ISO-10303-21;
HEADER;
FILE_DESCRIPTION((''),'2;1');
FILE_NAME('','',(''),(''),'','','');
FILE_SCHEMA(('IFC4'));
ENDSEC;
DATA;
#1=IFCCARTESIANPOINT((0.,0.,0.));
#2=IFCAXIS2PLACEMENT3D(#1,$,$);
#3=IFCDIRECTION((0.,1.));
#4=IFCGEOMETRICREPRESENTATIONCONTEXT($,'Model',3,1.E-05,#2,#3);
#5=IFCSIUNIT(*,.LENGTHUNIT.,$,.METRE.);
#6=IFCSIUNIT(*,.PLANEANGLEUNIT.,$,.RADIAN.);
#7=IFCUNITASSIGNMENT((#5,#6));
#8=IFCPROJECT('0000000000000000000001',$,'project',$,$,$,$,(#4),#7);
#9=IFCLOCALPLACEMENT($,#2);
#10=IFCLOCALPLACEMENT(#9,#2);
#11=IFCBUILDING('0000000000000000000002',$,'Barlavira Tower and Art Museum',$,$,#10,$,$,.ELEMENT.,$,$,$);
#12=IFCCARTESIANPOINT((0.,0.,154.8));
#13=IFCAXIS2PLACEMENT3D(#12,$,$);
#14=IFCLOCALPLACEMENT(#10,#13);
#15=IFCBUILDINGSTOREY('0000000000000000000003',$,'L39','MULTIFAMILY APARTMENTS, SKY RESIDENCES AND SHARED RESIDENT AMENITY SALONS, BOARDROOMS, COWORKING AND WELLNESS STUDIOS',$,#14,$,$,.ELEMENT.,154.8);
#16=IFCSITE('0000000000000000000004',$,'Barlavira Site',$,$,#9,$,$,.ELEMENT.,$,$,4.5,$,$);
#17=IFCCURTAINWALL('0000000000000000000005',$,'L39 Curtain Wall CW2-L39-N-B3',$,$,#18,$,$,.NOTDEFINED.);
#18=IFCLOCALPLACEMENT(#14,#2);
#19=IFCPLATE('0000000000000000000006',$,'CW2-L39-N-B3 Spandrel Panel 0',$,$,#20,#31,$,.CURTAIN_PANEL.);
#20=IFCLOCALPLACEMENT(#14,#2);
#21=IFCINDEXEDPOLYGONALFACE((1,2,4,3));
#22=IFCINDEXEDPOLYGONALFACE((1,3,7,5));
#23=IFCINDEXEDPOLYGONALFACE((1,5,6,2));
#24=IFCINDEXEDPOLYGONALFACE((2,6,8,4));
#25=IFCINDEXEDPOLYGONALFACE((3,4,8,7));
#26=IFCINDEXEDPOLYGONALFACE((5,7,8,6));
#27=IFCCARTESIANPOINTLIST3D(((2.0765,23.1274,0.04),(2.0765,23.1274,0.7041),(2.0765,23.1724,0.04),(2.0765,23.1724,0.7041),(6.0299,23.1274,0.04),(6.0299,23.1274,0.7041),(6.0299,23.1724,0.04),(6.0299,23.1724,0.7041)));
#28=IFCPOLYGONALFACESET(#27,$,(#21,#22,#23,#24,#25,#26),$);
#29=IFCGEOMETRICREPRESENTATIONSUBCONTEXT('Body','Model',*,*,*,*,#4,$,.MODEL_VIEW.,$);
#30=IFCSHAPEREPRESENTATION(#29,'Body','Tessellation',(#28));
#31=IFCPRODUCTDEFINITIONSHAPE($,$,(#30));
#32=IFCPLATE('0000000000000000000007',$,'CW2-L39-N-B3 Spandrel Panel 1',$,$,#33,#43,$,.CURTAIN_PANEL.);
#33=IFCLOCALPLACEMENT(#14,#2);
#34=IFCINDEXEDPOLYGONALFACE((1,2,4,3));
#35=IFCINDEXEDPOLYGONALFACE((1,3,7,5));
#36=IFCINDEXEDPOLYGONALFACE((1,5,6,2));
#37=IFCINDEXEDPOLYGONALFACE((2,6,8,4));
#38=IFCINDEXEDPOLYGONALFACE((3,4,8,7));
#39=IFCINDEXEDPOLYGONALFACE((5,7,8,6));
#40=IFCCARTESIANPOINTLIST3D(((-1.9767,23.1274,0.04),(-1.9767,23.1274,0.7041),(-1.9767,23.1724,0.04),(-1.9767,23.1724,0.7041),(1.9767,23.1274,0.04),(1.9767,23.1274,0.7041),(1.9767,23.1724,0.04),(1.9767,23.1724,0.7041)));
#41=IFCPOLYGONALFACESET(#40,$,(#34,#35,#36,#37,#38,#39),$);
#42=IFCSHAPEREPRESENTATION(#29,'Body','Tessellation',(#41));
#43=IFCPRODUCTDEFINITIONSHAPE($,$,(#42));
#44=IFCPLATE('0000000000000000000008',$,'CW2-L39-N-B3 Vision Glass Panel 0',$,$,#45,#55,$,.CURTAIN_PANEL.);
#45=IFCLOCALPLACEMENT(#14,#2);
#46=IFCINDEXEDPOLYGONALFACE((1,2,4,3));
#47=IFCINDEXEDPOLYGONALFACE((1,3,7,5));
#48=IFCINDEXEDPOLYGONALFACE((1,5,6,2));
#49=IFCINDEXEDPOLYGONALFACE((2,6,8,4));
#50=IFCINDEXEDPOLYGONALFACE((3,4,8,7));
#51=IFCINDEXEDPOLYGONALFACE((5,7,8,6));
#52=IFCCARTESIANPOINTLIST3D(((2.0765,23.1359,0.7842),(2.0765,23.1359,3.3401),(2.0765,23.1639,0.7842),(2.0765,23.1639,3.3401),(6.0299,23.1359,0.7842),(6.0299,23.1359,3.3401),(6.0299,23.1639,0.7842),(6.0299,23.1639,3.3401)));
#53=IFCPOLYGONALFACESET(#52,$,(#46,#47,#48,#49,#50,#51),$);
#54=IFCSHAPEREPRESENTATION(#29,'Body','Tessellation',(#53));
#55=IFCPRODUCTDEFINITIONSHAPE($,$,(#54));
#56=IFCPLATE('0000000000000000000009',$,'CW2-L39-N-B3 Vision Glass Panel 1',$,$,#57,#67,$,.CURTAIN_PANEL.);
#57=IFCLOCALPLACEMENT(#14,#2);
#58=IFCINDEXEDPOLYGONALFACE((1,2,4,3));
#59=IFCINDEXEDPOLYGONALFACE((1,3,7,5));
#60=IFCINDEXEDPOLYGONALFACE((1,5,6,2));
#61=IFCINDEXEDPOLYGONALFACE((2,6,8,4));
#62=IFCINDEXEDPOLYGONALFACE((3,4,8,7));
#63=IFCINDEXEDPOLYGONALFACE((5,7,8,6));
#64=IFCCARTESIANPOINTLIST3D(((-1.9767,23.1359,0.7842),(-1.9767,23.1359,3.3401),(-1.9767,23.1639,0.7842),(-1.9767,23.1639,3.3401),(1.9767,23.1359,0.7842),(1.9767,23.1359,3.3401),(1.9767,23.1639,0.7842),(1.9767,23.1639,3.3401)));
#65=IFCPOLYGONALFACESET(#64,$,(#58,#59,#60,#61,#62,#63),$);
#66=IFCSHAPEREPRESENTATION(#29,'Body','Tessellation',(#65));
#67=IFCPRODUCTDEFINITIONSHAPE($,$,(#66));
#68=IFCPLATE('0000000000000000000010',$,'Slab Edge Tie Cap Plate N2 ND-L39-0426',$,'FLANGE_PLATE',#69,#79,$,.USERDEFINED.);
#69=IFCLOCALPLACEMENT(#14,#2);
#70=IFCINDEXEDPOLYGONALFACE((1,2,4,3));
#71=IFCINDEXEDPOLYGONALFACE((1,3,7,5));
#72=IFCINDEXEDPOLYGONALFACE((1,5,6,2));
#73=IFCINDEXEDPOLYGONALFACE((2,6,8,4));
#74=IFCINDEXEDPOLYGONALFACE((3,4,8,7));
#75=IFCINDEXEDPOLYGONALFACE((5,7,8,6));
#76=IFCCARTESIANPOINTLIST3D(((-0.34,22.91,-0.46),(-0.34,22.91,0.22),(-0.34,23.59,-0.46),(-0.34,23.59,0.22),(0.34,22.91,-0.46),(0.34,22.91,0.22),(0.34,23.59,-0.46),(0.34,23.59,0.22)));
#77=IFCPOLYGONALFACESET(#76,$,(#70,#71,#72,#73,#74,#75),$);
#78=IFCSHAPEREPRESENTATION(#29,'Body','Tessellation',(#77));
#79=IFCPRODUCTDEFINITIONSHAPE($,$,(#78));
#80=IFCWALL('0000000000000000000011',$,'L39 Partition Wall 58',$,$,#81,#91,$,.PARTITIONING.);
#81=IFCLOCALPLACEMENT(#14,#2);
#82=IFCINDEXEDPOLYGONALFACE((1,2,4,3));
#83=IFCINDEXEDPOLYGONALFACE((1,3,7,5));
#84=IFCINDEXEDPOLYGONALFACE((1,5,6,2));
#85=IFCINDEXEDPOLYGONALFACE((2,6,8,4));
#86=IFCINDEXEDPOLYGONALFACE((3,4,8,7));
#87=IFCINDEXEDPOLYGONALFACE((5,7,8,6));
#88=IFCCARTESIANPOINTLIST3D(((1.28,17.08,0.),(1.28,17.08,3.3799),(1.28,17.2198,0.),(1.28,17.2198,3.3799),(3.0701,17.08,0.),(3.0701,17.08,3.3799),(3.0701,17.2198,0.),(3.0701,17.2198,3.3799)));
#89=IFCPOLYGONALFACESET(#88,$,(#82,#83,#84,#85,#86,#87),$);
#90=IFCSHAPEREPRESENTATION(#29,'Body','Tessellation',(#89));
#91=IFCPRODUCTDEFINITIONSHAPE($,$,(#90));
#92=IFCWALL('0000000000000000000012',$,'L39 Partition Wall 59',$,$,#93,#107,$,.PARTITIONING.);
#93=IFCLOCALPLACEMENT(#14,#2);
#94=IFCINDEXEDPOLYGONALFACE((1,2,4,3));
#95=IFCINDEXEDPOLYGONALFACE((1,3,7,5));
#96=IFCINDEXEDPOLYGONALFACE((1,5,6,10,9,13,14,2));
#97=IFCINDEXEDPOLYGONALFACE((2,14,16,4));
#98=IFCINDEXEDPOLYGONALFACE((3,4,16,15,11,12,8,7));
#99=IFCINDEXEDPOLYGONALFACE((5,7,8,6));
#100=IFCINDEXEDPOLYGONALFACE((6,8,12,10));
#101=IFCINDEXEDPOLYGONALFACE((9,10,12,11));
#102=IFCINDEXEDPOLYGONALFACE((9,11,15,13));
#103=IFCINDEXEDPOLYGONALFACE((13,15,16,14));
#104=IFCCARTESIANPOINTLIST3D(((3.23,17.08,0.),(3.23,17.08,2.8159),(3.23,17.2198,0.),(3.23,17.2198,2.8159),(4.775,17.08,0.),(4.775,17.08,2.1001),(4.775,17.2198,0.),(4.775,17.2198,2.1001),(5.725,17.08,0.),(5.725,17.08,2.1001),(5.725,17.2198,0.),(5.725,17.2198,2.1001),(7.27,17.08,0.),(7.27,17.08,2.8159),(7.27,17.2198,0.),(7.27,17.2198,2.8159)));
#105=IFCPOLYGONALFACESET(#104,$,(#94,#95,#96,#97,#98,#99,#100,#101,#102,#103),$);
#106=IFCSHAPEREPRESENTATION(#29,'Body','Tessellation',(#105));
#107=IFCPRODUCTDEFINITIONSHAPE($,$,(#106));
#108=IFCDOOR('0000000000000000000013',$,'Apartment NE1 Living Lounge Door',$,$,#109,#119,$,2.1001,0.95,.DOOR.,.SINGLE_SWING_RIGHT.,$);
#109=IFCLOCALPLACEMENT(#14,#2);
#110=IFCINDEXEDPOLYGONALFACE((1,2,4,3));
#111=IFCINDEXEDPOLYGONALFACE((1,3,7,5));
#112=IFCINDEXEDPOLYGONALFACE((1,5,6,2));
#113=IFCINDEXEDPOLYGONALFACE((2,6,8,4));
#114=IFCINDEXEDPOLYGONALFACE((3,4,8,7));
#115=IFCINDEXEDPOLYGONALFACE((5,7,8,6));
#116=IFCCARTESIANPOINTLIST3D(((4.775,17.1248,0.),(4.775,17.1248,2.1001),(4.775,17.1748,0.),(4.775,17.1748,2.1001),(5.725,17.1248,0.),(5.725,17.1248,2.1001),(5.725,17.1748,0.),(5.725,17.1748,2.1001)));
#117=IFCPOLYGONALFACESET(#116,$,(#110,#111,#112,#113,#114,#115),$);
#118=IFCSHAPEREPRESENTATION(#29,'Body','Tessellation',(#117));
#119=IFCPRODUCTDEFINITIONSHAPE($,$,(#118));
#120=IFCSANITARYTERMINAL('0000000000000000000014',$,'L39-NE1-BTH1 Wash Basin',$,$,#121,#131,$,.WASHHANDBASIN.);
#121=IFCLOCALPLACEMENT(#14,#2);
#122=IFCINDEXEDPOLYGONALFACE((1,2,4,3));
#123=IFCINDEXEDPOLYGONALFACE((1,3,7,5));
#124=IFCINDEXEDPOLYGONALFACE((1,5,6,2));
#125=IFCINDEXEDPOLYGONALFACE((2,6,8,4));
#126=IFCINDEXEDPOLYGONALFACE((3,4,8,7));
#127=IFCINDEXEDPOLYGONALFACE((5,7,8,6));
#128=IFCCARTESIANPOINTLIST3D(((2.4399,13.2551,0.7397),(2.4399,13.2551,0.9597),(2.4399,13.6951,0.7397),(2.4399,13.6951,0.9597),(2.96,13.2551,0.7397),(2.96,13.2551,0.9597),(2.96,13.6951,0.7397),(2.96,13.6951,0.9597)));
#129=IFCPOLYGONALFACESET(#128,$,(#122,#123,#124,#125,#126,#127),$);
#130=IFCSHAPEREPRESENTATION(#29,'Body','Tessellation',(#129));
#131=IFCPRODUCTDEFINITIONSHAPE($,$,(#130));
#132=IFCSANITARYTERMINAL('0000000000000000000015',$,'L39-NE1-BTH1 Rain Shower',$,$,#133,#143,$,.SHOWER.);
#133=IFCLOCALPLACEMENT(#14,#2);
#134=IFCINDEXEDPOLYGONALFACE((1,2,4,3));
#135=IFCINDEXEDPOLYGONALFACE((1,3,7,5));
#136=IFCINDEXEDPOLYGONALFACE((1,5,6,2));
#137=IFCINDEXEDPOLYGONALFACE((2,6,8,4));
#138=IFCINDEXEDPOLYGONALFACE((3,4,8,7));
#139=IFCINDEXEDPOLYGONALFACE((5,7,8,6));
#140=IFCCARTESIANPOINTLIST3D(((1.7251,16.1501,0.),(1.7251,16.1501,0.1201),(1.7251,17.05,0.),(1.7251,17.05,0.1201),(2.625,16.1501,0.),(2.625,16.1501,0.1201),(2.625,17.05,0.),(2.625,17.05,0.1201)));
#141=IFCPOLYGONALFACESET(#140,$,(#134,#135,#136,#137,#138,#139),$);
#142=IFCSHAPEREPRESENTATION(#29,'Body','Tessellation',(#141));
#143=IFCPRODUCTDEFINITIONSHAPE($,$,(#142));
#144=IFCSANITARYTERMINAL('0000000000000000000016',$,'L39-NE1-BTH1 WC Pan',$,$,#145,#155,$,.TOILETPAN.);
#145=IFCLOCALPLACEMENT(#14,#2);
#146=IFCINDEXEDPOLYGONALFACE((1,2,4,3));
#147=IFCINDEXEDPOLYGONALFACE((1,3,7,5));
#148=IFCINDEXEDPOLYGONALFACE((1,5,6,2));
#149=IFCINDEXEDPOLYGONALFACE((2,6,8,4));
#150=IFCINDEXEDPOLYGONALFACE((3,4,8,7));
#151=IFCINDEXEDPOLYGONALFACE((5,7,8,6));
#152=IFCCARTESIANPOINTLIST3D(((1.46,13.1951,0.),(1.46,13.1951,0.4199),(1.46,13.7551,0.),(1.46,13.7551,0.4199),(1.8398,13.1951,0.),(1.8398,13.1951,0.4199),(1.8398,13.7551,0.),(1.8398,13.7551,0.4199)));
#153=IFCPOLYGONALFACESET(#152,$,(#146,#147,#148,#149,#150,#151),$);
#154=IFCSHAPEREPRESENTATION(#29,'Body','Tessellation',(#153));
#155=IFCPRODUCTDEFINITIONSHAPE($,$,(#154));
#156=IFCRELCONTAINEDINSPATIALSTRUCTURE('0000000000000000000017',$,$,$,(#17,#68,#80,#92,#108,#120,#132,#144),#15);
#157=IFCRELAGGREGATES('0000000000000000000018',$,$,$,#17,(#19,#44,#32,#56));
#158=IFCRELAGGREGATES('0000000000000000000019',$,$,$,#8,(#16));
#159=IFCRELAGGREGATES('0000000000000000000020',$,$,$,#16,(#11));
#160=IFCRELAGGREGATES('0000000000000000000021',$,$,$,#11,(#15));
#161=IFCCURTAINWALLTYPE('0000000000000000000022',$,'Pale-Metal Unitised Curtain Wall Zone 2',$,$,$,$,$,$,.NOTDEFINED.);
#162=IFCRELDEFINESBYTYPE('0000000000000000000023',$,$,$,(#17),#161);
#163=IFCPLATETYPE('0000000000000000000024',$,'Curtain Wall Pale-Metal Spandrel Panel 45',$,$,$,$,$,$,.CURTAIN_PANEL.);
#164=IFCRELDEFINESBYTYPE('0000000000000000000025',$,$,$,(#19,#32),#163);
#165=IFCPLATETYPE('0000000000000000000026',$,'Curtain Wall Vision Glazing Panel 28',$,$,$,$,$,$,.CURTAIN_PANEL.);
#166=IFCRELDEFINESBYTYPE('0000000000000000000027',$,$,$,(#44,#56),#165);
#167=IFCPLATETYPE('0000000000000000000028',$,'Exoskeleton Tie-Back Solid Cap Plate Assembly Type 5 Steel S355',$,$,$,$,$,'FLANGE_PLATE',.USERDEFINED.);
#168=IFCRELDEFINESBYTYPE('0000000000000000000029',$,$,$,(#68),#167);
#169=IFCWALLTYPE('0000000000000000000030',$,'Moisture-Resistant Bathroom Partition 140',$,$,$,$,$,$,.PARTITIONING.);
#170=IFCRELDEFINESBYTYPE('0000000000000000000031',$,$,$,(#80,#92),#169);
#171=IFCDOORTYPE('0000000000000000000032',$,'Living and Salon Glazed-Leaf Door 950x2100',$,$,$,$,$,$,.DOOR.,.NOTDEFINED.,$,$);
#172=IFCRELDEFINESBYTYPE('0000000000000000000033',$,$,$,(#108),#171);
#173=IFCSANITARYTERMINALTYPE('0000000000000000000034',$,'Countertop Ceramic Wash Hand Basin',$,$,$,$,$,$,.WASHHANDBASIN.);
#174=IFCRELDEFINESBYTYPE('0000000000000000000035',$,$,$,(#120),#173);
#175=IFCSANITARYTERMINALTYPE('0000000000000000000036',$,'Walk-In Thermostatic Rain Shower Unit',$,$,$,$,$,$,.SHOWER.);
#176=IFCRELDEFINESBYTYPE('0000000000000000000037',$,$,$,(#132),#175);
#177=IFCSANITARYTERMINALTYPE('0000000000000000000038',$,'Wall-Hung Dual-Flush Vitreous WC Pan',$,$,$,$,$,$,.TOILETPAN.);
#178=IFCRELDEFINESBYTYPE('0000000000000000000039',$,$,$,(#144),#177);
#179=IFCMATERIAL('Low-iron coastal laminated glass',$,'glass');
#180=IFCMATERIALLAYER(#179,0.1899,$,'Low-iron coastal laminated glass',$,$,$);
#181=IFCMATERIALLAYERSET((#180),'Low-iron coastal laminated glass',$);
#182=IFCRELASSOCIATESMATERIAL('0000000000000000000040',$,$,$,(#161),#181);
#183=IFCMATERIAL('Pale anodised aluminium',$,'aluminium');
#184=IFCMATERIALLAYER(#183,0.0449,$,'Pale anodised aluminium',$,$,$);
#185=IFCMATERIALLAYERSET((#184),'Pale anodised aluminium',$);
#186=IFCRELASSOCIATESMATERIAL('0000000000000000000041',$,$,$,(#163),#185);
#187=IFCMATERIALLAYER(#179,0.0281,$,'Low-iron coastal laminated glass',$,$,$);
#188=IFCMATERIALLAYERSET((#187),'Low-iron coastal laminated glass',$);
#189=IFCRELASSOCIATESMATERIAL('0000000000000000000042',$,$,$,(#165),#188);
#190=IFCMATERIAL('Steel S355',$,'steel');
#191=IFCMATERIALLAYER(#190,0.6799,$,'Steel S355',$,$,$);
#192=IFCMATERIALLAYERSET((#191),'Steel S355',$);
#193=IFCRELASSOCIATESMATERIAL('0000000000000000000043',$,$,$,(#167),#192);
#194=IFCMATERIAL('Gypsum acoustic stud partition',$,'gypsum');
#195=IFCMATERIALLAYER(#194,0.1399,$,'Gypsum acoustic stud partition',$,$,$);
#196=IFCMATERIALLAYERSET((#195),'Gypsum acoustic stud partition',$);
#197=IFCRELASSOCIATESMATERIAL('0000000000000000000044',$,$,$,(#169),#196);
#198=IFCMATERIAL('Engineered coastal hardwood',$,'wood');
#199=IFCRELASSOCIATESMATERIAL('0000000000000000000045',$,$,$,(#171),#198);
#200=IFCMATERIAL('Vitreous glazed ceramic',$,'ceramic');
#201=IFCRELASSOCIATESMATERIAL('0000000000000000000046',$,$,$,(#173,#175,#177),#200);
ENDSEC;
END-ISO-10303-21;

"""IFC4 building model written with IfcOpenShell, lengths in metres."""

from ifc_helpers import new_model, si_unit, direction, frame, frame_2d, origin, origin_2d, place, context, subcontext, project, spatial, rectangle, extrude, material, layer, layer_set, type_object, element, fill, aggregate, save


model = new_model("IFC4")

# Units and contexts
model_context = context("Model", 3, precision=1e-05, world=origin(), true_north=direction((0.0, 1.0)))
body_context = subcontext(model_context, "Body", "Model", "MODEL_VIEW")
ifc_project = project(units=[si_unit("LENGTHUNIT", "METRE"), si_unit("PLANEANGLEUNIT", "RADIAN")], contexts=[model_context])

# Site, building, storey
site_placement = place(None, origin())
site = spatial("IfcSite", under=ifc_project, at=site_placement, Name="Barlavira Site", CompositionType="ELEMENT", RefElevation=4.5)
building_placement = place(site_placement, origin())
building = spatial("IfcBuilding", under=site, at=building_placement, Name="Barlavira Tower and Art Museum", CompositionType="ELEMENT")
storey_placement = place(building_placement, frame((0.0, 0.0, 154.8)))
storey = spatial("IfcBuildingStorey", under=building, at=storey_placement, Name="L39", Description="MULTIFAMILY APARTMENTS, SKY RESIDENCES AND SHARED RESIDENT AMENITY SALONS, BOARDROOMS, COWORKING AND WELLNESS STUDIOS", CompositionType="ELEMENT", Elevation=154.8)

# Curtain wall
ifc_material_1 = material(Name="Low-iron coastal laminated glass", Category="glass")
ifc_layer_1 = layer(ifc_material_1, 0.1899, Name="Low-iron coastal laminated glass")
ifc_layer_set_1 = layer_set([ifc_layer_1], Name="Low-iron coastal laminated glass")
curtain_wall_type = type_object("IfcCurtainWallType", Name="Pale-Metal Unitised Curtain Wall Zone 2", PredefinedType="NOTDEFINED", material=ifc_layer_set_1)
curtain_wall_placement = place(storey_placement, origin())
curtain_wall = element("IfcCurtainWall", 1, at=curtain_wall_placement, inside=storey, type_object=curtain_wall_type, Name="L39 Curtain Wall CW2-L39-N-B3", PredefinedType="NOTDEFINED")
ifc_material_2 = material(Name="Pale anodised aluminium", Category="aluminium")

# Shared definitions
ifc_material_3 = material(Name="Steel S355", Category="steel")

# Plates
ifc_layer_2 = layer(ifc_material_2, 0.0449, Name="Pale anodised aluminium")
ifc_layer_set_2 = layer_set([ifc_layer_2], Name="Pale anodised aluminium")
plate_type_1 = type_object("IfcPlateType", Name="Curtain Wall Pale-Metal Spandrel Panel 45", PredefinedType="CURTAIN_PANEL", material=ifc_layer_set_2)
plate_1_placement = place(storey_placement, frame((4.0532, 23.1499, 0.04), z_axis=(0.0, 0.0, 1.0), x_axis=(-1.0, 0.0, 0.0)))
plate_1 = element("IfcPlate", 2, at=plate_1_placement, type_object=plate_type_1, Name="CW2-L39-N-B3 Spandrel Panel 0", PredefinedType="CURTAIN_PANEL", context=body_context, shape_type="SweptSolid", body=[
    extrude(rectangle(XDim=3.9534, YDim=0.0449, at=origin_2d()), origin(), (0.0, 0.0, 1.0), 0.6641),
])
plate_2_placement = place(storey_placement, frame((0.0, 23.1499, 0.04), z_axis=(0.0, 0.0, 1.0), x_axis=(-1.0, 0.0, 0.0)))
plate_2 = element("IfcPlate", 3, at=plate_2_placement, type_object=plate_type_1, Name="CW2-L39-N-B3 Spandrel Panel 1", PredefinedType="CURTAIN_PANEL", context=body_context, shape_type="SweptSolid", body=[
    extrude(rectangle(XDim=3.9534, YDim=0.0449, at=origin_2d()), origin(), (0.0, 0.0, 1.0), 0.6641),
])
ifc_layer_3 = layer(ifc_material_1, 0.0281, Name="Low-iron coastal laminated glass")
ifc_layer_set_3 = layer_set([ifc_layer_3], Name="Low-iron coastal laminated glass")
plate_type_2 = type_object("IfcPlateType", Name="Curtain Wall Vision Glazing Panel 28", PredefinedType="CURTAIN_PANEL", material=ifc_layer_set_3)
plate_3_placement = place(storey_placement, frame((4.0532, 23.1499, 0.7842), z_axis=(0.0, 0.0, 1.0), x_axis=(-1.0, 0.0, 0.0)))
plate_3 = element("IfcPlate", 4, at=plate_3_placement, type_object=plate_type_2, Name="CW2-L39-N-B3 Vision Glass Panel 0", PredefinedType="CURTAIN_PANEL", context=body_context, shape_type="SweptSolid", body=[
    extrude(rectangle(XDim=3.9534, YDim=0.0281, at=origin_2d()), origin(), (0.0, 0.0, 1.0), 2.5559),
])
plate_4_placement = place(storey_placement, frame((0.0, 23.1499, 0.7842), z_axis=(0.0, 0.0, 1.0), x_axis=(-1.0, 0.0, 0.0)))
plate_4 = element("IfcPlate", 5, at=plate_4_placement, type_object=plate_type_2, Name="CW2-L39-N-B3 Vision Glass Panel 1", PredefinedType="CURTAIN_PANEL", context=body_context, shape_type="SweptSolid", body=[
    extrude(rectangle(XDim=3.9534, YDim=0.0281, at=origin_2d()), origin(), (0.0, 0.0, 1.0), 2.5559),
])
aggregate(curtain_wall, [plate_1, plate_3, plate_2, plate_4])
ifc_layer_4 = layer(ifc_material_3, 0.6799, Name="Steel S355")
ifc_layer_set_4 = layer_set([ifc_layer_4], Name="Steel S355")
plate_type_3 = type_object("IfcPlateType", Name="Exoskeleton Tie-Back Solid Cap Plate Assembly Type 5 Steel S355", ElementType="FLANGE_PLATE", PredefinedType="USERDEFINED", material=ifc_layer_set_4)
plate_5_placement = place(storey_placement, frame((0.0, 23.25, -0.46), z_axis=(0.0, 0.0, 1.0), x_axis=(1.0, 0.0, 0.0)))
element("IfcPlate", 6, at=plate_5_placement, inside=storey, type_object=plate_type_3, Name="Slab Edge Tie Cap Plate N2 ND-L39-0426", ObjectType="FLANGE_PLATE", PredefinedType="USERDEFINED", context=body_context, shape_type="SweptSolid", body=[
    extrude(rectangle(XDim=0.6799, YDim=0.6799, at=origin_2d()), origin(), (0.0, 0.0, 1.0), 0.6799),
])

# Wall
ifc_material_4 = material(Name="Gypsum acoustic stud partition", Category="gypsum")
ifc_layer_5 = layer(ifc_material_4, 0.1399, Name="Gypsum acoustic stud partition")
ifc_layer_set_5 = layer_set([ifc_layer_5], Name="Gypsum acoustic stud partition")
wall_type = type_object("IfcWallType", Name="Moisture-Resistant Bathroom Partition 140", PredefinedType="PARTITIONING", material=ifc_layer_set_5)
wall_1_placement = place(storey_placement, frame((1.28, 17.1499, 0.0), z_axis=(0.0, 0.0, 1.0), x_axis=(1.0, 0.0, 0.0)))
element("IfcWall", 7, at=wall_1_placement, inside=storey, type_object=wall_type, Name="L39 Partition Wall 58", PredefinedType="PARTITIONING", context=body_context, shape_type="SweptSolid", body=[
    extrude(rectangle(XDim=1.79, YDim=0.1399, at=frame_2d((0.895, 0.0))), origin(), (0.0, 0.0, 1.0), 3.3799),
])

# Wall, opening, door
wall_2_placement = place(storey_placement, frame((3.23, 17.1499, 0.0), z_axis=(0.0, 0.0, 1.0), x_axis=(1.0, 0.0, 0.0)))
wall_2 = element("IfcWall", 8, at=wall_2_placement, inside=storey, type_object=wall_type, Name="L39 Partition Wall 59", PredefinedType="PARTITIONING", context=body_context, shape_type="SweptSolid", body=[
    extrude(rectangle(XDim=4.04, YDim=0.1399, at=frame_2d((2.02, 0.0))), origin(), (0.0, 0.0, 1.0), 2.8159),
])
opening_placement = place(wall_2_placement, frame((1.5449, 0.0, 0.0)))
opening = element("IfcOpeningElement", 9, at=opening_placement, cuts=wall_2, PredefinedType="OPENING", context=body_context, shape_type="SweptSolid", body=[
    extrude(rectangle(XDim=0.95, YDim=2.1001, at=frame_2d((0.4751, 1.05))), frame((0.0, 0.0801, 0.0), z_axis=(0.0, -1.0, 0.0), x_axis=(1.0, 0.0, 0.0)), (0.0, 0.0, 1.0), 0.1599),
])
ifc_material_5 = material(Name="Engineered coastal hardwood", Category="wood")
door_type = type_object("IfcDoorType", Name="Living and Salon Glazed-Leaf Door 950x2100", OperationType="NOTDEFINED", PredefinedType="DOOR", material=ifc_material_5)
door_placement = place(opening_placement, origin())
door = element("IfcDoor", 10, at=door_placement, inside=storey, type_object=door_type, Name="Apartment NE1 Living Lounge Door", OperationType="SINGLE_SWING_RIGHT", OverallHeight=2.1001, OverallWidth=0.95, PredefinedType="DOOR", context=body_context, shape_type="SweptSolid", body=[
    extrude(rectangle(XDim=0.95, YDim=2.1001, at=frame_2d((0.4751, 1.05))), frame((0.0, 0.0249, 0.0), z_axis=(0.0, -1.0, 0.0), x_axis=(1.0, 0.0, 0.0)), (0.0, 0.0, 1.0), 0.05),
])
fill(opening, door)

# Sanitary terminals
ifc_material_6 = material(Name="Vitreous glazed ceramic", Category="ceramic")
sanitary_terminal_type_1 = type_object("IfcSanitaryTerminalType", Name="Countertop Ceramic Wash Hand Basin", PredefinedType="WASHHANDBASIN", material=ifc_material_6)
sanitary_terminal_1_placement = place(storey_placement, frame((2.7, 13.4751, 0.7397), z_axis=(0.0, 0.0, 1.0), x_axis=(1.0, 0.0, 0.0)))
element("IfcSanitaryTerminal", 11, at=sanitary_terminal_1_placement, inside=storey, type_object=sanitary_terminal_type_1, Name="L39-NE1-BTH1 Wash Basin", PredefinedType="WASHHANDBASIN", context=body_context, shape_type="SweptSolid", body=[
    extrude(rectangle(XDim=0.52, YDim=0.4399, at=origin_2d()), origin(), (0.0, 0.0, 1.0), 0.22),
])
sanitary_terminal_type_2 = type_object("IfcSanitaryTerminalType", Name="Walk-In Thermostatic Rain Shower Unit", PredefinedType="SHOWER", material=ifc_material_6)
sanitary_terminal_2_placement = place(storey_placement, frame((2.175, 16.6001, 0.0), z_axis=(0.0, 0.0, 1.0), x_axis=(1.0, 0.0, 0.0)))
element("IfcSanitaryTerminal", 12, at=sanitary_terminal_2_placement, inside=storey, type_object=sanitary_terminal_type_2, Name="L39-NE1-BTH1 Rain Shower", PredefinedType="SHOWER", context=body_context, shape_type="SweptSolid", body=[
    extrude(rectangle(XDim=0.8999, YDim=0.8999, at=origin_2d()), origin(), (0.0, 0.0, 1.0), 0.1201),
])
sanitary_terminal_type_3 = type_object("IfcSanitaryTerminalType", Name="Wall-Hung Dual-Flush Vitreous WC Pan", PredefinedType="TOILETPAN", material=ifc_material_6)
sanitary_terminal_3_placement = place(storey_placement, frame((1.6499, 13.4751, 0.0), z_axis=(0.0, 0.0, 1.0), x_axis=(1.0, 0.0, 0.0)))
element("IfcSanitaryTerminal", 13, at=sanitary_terminal_3_placement, inside=storey, type_object=sanitary_terminal_type_3, Name="L39-NE1-BTH1 WC Pan", PredefinedType="TOILETPAN", context=body_context, shape_type="SweptSolid", body=[
    extrude(rectangle(XDim=0.3799, YDim=0.5601, at=origin_2d()), origin(), (0.0, 0.0, 1.0), 0.4199),
])

save(model, "model.ifc")
